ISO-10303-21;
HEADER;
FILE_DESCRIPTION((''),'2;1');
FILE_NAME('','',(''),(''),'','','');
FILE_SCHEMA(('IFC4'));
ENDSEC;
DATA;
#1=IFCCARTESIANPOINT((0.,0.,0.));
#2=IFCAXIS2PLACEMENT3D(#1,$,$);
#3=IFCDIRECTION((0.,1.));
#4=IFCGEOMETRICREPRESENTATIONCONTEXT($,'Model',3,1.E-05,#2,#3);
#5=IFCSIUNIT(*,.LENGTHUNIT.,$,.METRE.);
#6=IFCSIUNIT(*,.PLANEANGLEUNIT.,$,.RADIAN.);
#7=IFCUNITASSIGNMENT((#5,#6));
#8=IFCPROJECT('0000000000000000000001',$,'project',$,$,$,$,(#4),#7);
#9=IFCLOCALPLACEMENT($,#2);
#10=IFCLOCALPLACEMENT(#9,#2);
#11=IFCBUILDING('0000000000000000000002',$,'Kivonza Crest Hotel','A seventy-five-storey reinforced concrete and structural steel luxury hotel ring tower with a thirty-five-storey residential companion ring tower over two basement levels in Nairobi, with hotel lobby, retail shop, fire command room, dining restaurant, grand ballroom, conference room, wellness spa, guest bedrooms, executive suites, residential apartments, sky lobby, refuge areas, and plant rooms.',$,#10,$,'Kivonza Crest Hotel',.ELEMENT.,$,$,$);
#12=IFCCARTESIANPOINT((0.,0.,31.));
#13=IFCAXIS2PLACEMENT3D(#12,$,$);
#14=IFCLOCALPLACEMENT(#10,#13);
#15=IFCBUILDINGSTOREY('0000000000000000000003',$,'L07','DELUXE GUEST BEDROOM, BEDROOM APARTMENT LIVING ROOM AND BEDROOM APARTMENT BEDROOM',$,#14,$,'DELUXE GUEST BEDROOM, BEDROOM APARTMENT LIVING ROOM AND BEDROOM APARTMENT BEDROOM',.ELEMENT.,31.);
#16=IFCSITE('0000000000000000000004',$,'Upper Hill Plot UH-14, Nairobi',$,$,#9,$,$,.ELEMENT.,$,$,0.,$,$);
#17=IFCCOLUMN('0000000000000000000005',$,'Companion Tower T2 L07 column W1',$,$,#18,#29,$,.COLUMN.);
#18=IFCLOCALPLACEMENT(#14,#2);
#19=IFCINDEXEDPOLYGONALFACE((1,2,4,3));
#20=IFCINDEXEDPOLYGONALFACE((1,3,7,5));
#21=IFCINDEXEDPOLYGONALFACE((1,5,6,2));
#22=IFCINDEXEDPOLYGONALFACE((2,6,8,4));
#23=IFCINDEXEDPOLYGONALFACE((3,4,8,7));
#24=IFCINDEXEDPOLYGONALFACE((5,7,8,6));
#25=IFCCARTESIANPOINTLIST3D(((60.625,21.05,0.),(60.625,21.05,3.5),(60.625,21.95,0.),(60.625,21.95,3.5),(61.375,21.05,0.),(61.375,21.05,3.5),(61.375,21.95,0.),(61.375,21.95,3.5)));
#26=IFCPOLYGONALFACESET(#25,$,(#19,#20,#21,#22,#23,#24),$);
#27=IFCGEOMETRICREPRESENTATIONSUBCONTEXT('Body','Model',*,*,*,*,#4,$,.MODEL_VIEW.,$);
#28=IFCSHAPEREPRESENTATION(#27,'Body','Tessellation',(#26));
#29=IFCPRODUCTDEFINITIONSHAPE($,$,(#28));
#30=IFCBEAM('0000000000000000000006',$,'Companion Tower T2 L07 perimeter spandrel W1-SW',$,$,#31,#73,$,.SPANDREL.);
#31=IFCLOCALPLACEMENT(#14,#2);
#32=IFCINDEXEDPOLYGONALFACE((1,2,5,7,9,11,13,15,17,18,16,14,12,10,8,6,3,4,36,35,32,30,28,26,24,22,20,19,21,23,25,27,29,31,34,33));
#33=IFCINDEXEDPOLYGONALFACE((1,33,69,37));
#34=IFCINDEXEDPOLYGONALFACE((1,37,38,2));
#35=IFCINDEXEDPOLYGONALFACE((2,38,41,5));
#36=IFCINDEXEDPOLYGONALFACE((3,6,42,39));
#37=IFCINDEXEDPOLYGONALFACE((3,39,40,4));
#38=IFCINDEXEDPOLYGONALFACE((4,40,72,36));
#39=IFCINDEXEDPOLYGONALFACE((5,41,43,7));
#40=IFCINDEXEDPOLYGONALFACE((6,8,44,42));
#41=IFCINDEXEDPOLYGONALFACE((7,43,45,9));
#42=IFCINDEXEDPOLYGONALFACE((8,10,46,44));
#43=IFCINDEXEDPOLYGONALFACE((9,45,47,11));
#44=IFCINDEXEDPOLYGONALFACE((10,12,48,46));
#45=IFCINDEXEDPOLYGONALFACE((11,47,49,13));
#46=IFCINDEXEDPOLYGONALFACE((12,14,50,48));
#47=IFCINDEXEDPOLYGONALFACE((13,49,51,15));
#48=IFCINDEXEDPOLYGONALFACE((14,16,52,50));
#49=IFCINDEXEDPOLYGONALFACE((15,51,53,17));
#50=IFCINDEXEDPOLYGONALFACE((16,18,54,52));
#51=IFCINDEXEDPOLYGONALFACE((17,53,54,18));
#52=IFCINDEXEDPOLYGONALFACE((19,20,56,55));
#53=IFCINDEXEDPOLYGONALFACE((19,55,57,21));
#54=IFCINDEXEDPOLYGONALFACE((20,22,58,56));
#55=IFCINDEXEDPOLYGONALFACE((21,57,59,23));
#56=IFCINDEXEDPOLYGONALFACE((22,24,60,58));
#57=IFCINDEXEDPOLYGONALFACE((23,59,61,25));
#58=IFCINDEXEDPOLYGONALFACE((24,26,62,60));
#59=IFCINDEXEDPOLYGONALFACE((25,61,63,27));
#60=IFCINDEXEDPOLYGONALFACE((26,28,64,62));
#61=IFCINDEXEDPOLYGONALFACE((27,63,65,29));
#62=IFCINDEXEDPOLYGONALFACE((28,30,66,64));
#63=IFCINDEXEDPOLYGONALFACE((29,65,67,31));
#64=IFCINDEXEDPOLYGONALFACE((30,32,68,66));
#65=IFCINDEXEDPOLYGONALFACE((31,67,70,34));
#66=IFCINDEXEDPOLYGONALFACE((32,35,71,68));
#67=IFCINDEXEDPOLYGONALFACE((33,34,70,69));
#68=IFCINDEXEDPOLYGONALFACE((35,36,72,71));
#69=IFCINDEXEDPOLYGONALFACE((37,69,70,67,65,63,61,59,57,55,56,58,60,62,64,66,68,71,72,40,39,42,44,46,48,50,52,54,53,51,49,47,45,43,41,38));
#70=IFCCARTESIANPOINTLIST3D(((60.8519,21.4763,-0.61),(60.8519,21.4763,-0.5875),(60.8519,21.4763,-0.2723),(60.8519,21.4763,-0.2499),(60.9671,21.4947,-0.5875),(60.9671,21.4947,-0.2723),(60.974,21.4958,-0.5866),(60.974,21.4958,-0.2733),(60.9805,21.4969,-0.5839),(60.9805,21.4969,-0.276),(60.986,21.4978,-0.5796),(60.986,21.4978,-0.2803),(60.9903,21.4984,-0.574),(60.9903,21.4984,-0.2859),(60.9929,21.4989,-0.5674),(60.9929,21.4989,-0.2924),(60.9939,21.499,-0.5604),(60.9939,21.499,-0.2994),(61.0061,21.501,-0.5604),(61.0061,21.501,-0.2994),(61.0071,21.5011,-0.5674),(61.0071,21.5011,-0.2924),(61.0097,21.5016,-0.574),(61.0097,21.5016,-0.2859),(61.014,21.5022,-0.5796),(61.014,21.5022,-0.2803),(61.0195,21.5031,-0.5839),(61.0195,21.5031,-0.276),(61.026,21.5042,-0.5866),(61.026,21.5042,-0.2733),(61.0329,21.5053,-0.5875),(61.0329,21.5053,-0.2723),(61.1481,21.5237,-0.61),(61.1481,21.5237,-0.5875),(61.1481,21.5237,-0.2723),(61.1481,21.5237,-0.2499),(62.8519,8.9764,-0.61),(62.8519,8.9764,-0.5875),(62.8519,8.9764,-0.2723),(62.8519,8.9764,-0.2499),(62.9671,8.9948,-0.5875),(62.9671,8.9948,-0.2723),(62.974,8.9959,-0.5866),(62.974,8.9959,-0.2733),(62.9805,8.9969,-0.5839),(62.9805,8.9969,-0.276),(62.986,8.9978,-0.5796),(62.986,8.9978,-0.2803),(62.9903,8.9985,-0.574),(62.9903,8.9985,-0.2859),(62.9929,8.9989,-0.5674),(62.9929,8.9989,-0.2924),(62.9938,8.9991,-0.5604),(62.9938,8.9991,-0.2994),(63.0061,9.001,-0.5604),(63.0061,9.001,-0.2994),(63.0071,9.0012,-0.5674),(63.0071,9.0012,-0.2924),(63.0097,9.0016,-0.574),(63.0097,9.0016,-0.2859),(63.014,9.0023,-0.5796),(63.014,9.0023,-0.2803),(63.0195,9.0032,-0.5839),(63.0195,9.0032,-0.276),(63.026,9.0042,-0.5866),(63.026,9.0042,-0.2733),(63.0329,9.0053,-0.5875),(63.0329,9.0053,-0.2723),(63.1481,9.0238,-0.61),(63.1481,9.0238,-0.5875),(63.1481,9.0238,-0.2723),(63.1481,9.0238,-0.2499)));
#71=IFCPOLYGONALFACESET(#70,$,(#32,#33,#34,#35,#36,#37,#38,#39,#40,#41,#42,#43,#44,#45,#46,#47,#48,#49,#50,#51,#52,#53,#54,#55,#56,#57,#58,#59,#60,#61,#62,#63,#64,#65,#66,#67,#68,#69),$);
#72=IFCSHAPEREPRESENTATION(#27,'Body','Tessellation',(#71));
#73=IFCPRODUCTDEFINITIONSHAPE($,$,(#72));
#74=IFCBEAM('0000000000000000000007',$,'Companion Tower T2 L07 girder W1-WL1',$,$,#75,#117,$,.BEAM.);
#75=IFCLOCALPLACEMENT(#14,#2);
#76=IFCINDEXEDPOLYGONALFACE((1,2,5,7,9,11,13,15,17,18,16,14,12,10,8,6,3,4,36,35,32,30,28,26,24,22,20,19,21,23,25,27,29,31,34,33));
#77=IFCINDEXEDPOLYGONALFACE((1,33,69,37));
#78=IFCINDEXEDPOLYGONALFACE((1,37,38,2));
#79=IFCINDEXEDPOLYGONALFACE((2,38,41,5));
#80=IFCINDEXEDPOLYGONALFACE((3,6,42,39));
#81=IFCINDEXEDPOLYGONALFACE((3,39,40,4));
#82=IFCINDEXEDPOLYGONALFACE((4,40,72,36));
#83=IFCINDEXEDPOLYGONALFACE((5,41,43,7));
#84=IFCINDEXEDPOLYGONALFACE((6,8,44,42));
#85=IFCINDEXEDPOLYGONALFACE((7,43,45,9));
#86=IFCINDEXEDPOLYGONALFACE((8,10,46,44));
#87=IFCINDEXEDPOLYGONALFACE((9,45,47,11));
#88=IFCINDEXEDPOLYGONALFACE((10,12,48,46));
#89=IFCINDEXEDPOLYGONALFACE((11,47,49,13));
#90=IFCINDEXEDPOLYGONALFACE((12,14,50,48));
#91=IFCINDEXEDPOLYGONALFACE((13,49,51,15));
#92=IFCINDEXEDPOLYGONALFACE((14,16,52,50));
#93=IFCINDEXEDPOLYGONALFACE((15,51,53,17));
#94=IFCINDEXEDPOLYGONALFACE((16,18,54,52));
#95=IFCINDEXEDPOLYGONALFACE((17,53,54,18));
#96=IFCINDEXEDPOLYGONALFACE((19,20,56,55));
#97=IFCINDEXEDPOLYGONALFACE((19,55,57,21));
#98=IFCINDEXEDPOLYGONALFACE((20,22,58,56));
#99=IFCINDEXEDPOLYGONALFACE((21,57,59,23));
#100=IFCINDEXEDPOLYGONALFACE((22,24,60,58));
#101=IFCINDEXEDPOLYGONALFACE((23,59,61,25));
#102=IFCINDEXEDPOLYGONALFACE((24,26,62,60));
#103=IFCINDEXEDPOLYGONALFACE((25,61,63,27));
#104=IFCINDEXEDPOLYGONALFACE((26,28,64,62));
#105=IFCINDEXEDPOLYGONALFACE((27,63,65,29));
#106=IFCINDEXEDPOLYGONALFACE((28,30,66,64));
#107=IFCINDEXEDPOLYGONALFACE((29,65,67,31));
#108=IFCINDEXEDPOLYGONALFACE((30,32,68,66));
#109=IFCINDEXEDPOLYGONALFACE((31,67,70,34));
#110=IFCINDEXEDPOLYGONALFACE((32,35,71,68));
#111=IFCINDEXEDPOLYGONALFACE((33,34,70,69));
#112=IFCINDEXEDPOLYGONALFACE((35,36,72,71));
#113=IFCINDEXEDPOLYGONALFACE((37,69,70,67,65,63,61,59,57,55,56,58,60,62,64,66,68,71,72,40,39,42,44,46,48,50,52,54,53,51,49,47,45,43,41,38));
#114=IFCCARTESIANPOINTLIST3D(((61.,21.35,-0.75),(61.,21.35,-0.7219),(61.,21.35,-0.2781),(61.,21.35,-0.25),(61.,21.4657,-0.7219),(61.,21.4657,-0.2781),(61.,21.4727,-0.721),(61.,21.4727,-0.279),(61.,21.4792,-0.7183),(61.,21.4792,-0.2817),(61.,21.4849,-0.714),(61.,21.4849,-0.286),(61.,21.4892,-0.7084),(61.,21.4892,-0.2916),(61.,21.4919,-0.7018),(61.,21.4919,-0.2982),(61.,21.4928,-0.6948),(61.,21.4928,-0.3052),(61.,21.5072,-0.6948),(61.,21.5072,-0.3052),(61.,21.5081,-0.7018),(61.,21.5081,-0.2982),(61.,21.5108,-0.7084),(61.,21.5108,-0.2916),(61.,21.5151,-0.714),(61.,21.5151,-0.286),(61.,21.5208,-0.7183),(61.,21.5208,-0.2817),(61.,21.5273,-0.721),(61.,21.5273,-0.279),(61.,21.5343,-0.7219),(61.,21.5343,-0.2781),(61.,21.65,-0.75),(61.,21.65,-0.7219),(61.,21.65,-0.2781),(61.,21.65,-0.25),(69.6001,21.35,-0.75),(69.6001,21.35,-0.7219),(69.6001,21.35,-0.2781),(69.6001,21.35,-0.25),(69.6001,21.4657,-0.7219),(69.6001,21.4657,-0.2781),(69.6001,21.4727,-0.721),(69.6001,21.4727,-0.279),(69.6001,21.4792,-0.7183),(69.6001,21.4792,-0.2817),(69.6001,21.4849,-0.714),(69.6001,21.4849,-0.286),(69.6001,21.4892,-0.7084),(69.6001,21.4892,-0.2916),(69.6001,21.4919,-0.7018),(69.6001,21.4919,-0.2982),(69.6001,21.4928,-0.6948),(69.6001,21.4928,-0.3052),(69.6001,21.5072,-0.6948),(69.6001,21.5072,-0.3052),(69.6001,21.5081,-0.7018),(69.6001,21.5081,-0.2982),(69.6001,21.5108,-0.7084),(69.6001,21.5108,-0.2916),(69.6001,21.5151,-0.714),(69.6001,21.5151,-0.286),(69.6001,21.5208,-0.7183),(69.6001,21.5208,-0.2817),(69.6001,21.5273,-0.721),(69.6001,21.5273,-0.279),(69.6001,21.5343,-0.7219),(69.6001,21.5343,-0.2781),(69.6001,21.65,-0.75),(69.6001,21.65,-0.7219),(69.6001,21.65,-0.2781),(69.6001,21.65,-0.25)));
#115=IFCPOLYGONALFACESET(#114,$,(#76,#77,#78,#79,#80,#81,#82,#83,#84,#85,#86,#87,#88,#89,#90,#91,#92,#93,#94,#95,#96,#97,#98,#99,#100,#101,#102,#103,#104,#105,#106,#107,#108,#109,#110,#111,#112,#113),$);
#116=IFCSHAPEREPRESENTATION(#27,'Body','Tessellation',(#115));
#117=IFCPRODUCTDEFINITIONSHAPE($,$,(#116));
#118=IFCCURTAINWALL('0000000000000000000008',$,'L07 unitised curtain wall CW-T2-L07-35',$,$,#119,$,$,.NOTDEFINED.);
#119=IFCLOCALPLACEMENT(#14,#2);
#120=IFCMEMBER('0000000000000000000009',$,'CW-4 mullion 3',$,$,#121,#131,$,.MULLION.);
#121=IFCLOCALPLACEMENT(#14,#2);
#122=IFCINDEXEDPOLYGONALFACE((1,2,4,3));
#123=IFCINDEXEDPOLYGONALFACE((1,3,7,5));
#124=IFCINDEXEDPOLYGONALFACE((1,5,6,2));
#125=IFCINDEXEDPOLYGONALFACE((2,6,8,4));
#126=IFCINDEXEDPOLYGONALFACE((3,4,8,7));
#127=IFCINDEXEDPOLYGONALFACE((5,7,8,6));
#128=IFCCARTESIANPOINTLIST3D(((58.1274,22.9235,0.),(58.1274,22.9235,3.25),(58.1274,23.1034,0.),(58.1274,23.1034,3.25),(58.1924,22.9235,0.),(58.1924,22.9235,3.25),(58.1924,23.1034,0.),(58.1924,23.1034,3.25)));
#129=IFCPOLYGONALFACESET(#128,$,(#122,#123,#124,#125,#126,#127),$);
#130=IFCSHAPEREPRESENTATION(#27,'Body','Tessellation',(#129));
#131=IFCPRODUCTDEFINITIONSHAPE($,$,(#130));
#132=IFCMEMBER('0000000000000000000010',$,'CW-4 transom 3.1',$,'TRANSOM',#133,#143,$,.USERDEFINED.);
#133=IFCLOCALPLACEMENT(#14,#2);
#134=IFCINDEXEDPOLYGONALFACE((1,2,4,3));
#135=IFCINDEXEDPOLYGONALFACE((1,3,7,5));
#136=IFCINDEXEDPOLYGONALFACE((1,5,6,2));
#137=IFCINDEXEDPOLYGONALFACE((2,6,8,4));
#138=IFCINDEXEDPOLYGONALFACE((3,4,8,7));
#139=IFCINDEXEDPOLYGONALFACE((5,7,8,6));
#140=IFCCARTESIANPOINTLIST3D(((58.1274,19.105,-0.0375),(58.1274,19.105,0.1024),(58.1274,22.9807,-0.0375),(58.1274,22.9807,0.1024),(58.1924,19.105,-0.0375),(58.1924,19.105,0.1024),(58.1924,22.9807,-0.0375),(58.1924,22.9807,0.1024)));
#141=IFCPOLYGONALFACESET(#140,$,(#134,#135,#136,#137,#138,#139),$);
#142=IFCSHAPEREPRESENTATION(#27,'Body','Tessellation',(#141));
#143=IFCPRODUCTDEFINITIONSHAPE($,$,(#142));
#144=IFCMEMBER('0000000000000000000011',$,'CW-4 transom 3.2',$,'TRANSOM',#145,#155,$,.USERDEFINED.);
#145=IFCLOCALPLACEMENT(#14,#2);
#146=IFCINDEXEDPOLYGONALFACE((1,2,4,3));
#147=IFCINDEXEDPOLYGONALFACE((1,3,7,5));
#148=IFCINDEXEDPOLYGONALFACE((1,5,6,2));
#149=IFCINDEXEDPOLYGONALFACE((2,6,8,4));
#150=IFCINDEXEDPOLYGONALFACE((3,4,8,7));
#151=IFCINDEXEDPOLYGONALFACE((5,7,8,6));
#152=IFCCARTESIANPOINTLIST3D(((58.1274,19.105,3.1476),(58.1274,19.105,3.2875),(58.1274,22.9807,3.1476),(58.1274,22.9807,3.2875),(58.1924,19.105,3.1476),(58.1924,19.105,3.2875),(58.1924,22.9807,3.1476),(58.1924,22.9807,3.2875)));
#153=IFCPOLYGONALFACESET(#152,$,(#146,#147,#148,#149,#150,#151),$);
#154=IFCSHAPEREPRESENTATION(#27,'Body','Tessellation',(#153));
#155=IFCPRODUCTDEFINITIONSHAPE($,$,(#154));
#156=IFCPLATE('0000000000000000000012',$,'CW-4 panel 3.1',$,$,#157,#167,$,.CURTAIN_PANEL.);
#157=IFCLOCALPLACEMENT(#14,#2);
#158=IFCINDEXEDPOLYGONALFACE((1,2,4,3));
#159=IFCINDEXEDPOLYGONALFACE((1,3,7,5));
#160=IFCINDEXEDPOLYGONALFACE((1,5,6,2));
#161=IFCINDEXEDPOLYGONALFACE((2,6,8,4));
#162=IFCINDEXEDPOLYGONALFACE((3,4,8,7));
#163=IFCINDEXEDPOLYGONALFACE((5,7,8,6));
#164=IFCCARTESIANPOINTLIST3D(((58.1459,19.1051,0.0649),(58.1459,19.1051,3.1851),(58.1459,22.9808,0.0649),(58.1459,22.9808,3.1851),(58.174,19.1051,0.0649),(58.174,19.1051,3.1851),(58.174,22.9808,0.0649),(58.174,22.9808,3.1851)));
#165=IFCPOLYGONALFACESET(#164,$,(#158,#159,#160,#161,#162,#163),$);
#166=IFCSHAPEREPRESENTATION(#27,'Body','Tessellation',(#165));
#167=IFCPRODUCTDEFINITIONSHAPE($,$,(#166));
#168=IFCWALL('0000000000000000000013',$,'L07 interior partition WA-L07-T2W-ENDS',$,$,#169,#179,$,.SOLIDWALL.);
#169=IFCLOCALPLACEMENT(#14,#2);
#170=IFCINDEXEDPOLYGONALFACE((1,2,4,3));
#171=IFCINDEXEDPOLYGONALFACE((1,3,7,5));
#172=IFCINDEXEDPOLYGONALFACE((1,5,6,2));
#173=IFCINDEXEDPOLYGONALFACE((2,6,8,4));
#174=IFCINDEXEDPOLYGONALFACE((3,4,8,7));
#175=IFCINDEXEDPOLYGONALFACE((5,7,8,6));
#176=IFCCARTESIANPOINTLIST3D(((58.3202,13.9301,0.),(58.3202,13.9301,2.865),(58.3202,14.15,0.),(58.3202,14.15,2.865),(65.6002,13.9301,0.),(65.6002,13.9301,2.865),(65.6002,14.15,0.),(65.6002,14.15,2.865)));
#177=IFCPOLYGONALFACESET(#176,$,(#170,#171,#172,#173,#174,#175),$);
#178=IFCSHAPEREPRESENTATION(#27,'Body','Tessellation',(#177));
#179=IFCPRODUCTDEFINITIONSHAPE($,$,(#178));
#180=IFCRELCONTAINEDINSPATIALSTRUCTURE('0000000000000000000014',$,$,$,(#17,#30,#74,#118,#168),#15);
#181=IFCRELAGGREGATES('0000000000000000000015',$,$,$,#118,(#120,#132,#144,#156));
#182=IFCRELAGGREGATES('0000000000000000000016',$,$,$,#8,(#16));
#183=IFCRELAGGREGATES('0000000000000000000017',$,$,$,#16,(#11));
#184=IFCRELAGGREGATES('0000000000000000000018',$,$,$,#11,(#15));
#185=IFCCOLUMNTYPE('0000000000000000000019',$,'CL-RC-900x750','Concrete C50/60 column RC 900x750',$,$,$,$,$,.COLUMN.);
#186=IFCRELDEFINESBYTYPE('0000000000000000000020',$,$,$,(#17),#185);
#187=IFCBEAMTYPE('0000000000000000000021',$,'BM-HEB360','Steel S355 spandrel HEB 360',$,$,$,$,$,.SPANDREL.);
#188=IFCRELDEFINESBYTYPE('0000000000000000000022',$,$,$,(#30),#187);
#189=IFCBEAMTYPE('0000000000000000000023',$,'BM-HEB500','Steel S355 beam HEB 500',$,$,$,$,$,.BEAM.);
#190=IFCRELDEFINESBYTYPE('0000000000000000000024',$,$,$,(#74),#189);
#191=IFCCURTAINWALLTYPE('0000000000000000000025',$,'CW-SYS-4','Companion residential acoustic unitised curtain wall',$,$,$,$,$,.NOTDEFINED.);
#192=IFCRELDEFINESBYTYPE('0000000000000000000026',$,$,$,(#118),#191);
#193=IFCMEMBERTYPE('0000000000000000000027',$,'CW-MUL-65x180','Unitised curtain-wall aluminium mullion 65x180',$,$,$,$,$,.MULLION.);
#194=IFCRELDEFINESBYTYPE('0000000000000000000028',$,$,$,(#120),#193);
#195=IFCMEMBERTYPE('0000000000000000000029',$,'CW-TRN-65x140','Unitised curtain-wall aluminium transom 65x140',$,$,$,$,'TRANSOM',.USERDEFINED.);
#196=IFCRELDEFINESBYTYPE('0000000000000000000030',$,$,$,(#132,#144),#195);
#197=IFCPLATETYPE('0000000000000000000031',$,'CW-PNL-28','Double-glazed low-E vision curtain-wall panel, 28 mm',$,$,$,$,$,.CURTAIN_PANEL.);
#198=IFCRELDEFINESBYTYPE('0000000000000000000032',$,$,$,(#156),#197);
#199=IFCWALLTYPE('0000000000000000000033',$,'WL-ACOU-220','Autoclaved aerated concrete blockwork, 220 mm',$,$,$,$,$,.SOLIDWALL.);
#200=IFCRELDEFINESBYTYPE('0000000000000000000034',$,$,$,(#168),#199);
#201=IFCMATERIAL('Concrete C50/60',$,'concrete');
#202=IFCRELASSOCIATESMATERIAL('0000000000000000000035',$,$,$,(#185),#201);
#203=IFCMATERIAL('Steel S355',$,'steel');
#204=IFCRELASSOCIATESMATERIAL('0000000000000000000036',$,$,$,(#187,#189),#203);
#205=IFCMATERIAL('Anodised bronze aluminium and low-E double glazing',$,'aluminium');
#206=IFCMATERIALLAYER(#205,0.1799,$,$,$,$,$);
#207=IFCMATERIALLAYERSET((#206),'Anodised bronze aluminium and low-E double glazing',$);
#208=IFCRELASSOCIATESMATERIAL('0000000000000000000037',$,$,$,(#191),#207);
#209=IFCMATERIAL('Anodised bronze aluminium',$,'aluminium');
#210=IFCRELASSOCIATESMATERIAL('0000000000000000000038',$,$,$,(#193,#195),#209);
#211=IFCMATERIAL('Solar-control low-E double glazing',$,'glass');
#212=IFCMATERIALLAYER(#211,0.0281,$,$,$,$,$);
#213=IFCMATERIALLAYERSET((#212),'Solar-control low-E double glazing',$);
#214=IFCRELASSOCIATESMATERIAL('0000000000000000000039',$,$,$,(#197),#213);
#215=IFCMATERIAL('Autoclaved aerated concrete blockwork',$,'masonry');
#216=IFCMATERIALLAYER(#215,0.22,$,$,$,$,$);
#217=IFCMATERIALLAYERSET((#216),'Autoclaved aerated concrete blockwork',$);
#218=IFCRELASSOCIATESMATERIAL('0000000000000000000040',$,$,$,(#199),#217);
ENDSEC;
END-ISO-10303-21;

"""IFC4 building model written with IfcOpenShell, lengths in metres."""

from ifc_helpers import new_model, si_unit, direction, frame, frame_2d, origin, origin_2d, place, context, subcontext, project, spatial, rectangle, i_section, extrude, material, layer, layer_set, material_profile, profile_set, type_object, element, aggregate, save


model = new_model("IFC4")

# Units and contexts
model_context = context("Model", 3, precision=1e-05, world=origin(), true_north=direction((0.0, 1.0)))
body_context = subcontext(model_context, "Body", "Model", "MODEL_VIEW")
ifc_project = project(units=[si_unit("LENGTHUNIT", "METRE"), si_unit("PLANEANGLEUNIT", "RADIAN")], contexts=[model_context])

# Site, building, storey
site_placement = place(None, origin())
site = spatial("IfcSite", under=ifc_project, at=site_placement, Name="Upper Hill Plot UH-14, Nairobi", CompositionType="ELEMENT", RefElevation=0.0)
building_placement = place(site_placement, origin())
building = spatial("IfcBuilding", under=site, at=building_placement, Name="Kivonza Crest Hotel", Description="A seventy-five-storey reinforced concrete and structural steel luxury hotel ring tower with a thirty-five-storey residential companion ring tower over two basement levels in Nairobi, with hotel lobby, retail shop, fire command room, dining restaurant, grand ballroom, conference room, wellness spa, guest bedrooms, executive suites, residential apartments, sky lobby, refuge areas, and plant rooms.", LongName="Kivonza Crest Hotel", CompositionType="ELEMENT")
storey_placement = place(building_placement, frame((0.0, 0.0, 31.0)))
storey = spatial("IfcBuildingStorey", under=building, at=storey_placement, Name="L07", Description="DELUXE GUEST BEDROOM, BEDROOM APARTMENT LIVING ROOM AND BEDROOM APARTMENT BEDROOM", LongName="DELUXE GUEST BEDROOM, BEDROOM APARTMENT LIVING ROOM AND BEDROOM APARTMENT BEDROOM", CompositionType="ELEMENT", Elevation=31.0)

# Column
ifc_material_1 = material(Name="Concrete C50/60", Category="concrete")
ifc_material_profile_1 = material_profile(ifc_material_1, rectangle(XDim=0.75, YDim=0.8999, at=origin_2d()), Name="RC 900x750")
ifc_profile_set_1 = profile_set([ifc_material_profile_1], Name="Concrete C50/60")
column_type = type_object("IfcColumnType", Name="CL-RC-900x750", Description="Concrete C50/60 column RC 900x750", PredefinedType="COLUMN", material=ifc_profile_set_1)
column_placement = place(storey_placement, frame((61.0, 21.5, 0.0), z_axis=(0.0, 0.0, 1.0), x_axis=(1.0, 0.0, 0.0)))
element("IfcColumn", 1, at=column_placement, inside=storey, type_object=column_type, Name="Companion Tower T2 L07 column W1", PredefinedType="COLUMN", context=body_context, shape_type="SweptSolid", body=[
    extrude(rectangle(XDim=0.75, YDim=0.8999, at=origin_2d()), origin(), (0.0, 0.0, 1.0), 3.5),
])

# Beams
ifc_material_2 = material(Name="Steel S355", Category="steel")
ifc_material_profile_2 = material_profile(ifc_material_2, i_section(OverallWidth=0.3, OverallDepth=0.3601, WebThickness=0.0125, FlangeThickness=0.0225, FilletRadius=0.0271, at=origin_2d()), Name="HEB 360")
ifc_profile_set_2 = profile_set([ifc_material_profile_2], Name="Steel S355")
beam_type_1 = type_object("IfcBeamType", Name="BM-HEB360", Description="Steel S355 spandrel HEB 360", PredefinedType="SPANDREL", material=ifc_profile_set_2)
beam_1_placement = place(storey_placement, frame((61.0, 21.5, -0.4299), z_axis=(0.157991, -0.987441, 0.0), x_axis=(0.987441, 0.157991, 0.0)))
element("IfcBeam", 2, at=beam_1_placement, inside=storey, type_object=beam_type_1, Name="Companion Tower T2 L07 perimeter spandrel W1-SW", PredefinedType="SPANDREL", context=body_context, shape_type="SweptSolid", body=[
    extrude(i_section(OverallWidth=0.3, OverallDepth=0.3601, WebThickness=0.0125, FlangeThickness=0.0225, FilletRadius=0.0271, at=origin_2d()), origin(), (0.0, 0.0, 1.0), 12.6589),
])
ifc_material_profile_3 = material_profile(ifc_material_2, i_section(OverallWidth=0.3, OverallDepth=0.5, WebThickness=0.0144, FlangeThickness=0.0281, FilletRadius=0.0271, at=origin_2d()), Name="HEB 500")
ifc_profile_set_3 = profile_set([ifc_material_profile_3], Name="Steel S355")
beam_type_2 = type_object("IfcBeamType", Name="BM-HEB500", Description="Steel S355 beam HEB 500", PredefinedType="BEAM", material=ifc_profile_set_3)
beam_2_placement = place(storey_placement, frame((61.0, 21.5, -0.5), z_axis=(1.0, 0.0, 0.0), x_axis=(0.0, 1.0, 0.0)))
element("IfcBeam", 3, at=beam_2_placement, inside=storey, type_object=beam_type_2, Name="Companion Tower T2 L07 girder W1-WL1", PredefinedType="BEAM", context=body_context, shape_type="SweptSolid", body=[
    extrude(i_section(OverallWidth=0.3, OverallDepth=0.5, WebThickness=0.0144, FlangeThickness=0.0281, FilletRadius=0.0271, at=origin_2d()), origin(), (0.0, 0.0, 1.0), 8.6001),
])

# Curtain wall, members, plate
ifc_material_3 = material(Name="Anodised bronze aluminium and low-E double glazing", Category="aluminium")
ifc_layer_1 = layer(ifc_material_3, 0.1799)
ifc_layer_set_1 = layer_set([ifc_layer_1], Name="Anodised bronze aluminium and low-E double glazing")
curtain_wall_type = type_object("IfcCurtainWallType", Name="CW-SYS-4", Description="Companion residential acoustic unitised curtain wall", PredefinedType="NOTDEFINED", material=ifc_layer_set_1)
curtain_wall_placement = place(storey_placement, origin())
curtain_wall = element("IfcCurtainWall", 4, at=curtain_wall_placement, inside=storey, type_object=curtain_wall_type, Name="L07 unitised curtain wall CW-T2-L07-35", PredefinedType="NOTDEFINED")
ifc_material_4 = material(Name="Anodised bronze aluminium", Category="aluminium")
ifc_material_profile_4 = material_profile(ifc_material_4, rectangle(XDim=0.0649, YDim=0.1799, at=origin_2d()), Name="CW-M 65x180")
ifc_profile_set_4 = profile_set([ifc_material_profile_4], Name="Anodised bronze aluminium")
member_type_1 = type_object("IfcMemberType", Name="CW-MUL-65x180", Description="Unitised curtain-wall aluminium mullion 65x180", PredefinedType="MULLION", material=ifc_profile_set_4)
member_1_placement = place(storey_placement, frame((58.1599, 23.0134, 0.0), z_axis=(0.0, 0.0, 1.0), x_axis=(1.0, 0.0, 0.0)))
member_1 = element("IfcMember", 5, at=member_1_placement, type_object=member_type_1, Name="CW-4 mullion 3", PredefinedType="MULLION", context=body_context, shape_type="SweptSolid", body=[
    extrude(rectangle(XDim=0.0649, YDim=0.1799, at=origin_2d()), origin(), (0.0, 0.0, 1.0), 3.25),
])
ifc_material_profile_5 = material_profile(ifc_material_4, rectangle(XDim=0.0649, YDim=0.1399, at=origin_2d()), Name="CW-T 65x140")
ifc_profile_set_5 = profile_set([ifc_material_profile_5], Name="Anodised bronze aluminium")
member_type_2 = type_object("IfcMemberType", Name="CW-TRN-65x140", Description="Unitised curtain-wall aluminium transom 65x140", ElementType="TRANSOM", PredefinedType="USERDEFINED", material=ifc_profile_set_5)
member_2_placement = place(storey_placement, frame((58.1599, 22.9807, 0.0325), z_axis=(0.0, -1.0, 0.0), x_axis=(1.0, 0.0, 0.0)))
member_2 = element("IfcMember", 6, at=member_2_placement, type_object=member_type_2, Name="CW-4 transom 3.1", ObjectType="TRANSOM", PredefinedType="USERDEFINED", context=body_context, shape_type="SweptSolid", body=[
    extrude(rectangle(XDim=0.0649, YDim=0.1399, at=origin_2d()), origin(), (0.0, 0.0, 1.0), 3.8757),
])
member_3_placement = place(storey_placement, frame((58.1599, 22.9807, 3.2175), z_axis=(0.0, -1.0, 0.0), x_axis=(1.0, 0.0, 0.0)))
member_3 = element("IfcMember", 7, at=member_3_placement, type_object=member_type_2, Name="CW-4 transom 3.2", ObjectType="TRANSOM", PredefinedType="USERDEFINED", context=body_context, shape_type="SweptSolid", body=[
    extrude(rectangle(XDim=0.0649, YDim=0.1399, at=origin_2d()), origin(), (0.0, 0.0, 1.0), 3.8757),
])
ifc_material_5 = material(Name="Solar-control low-E double glazing", Category="glass")
ifc_layer_2 = layer(ifc_material_5, 0.0281)
ifc_layer_set_2 = layer_set([ifc_layer_2], Name="Solar-control low-E double glazing")
plate_type = type_object("IfcPlateType", Name="CW-PNL-28", Description="Double-glazed low-E vision curtain-wall panel, 28 mm", PredefinedType="CURTAIN_PANEL", material=ifc_layer_set_2)
plate_placement = place(storey_placement, frame((58.1599, 21.043, 0.0649), z_axis=(0.0, 0.0, 1.0), x_axis=(0.0, -1.0, 0.0)))
plate = element("IfcPlate", 8, at=plate_placement, type_object=plate_type, Name="CW-4 panel 3.1", PredefinedType="CURTAIN_PANEL", context=body_context, shape_type="SweptSolid", body=[
    extrude(rectangle(XDim=3.8757, YDim=0.0281, at=origin_2d()), origin(), (0.0, 0.0, 1.0), 3.1201),
])
aggregate(curtain_wall, [member_1, member_2, member_3, plate])

# Wall
ifc_material_6 = material(Name="Autoclaved aerated concrete blockwork", Category="masonry")
ifc_layer_3 = layer(ifc_material_6, 0.22)
ifc_layer_set_3 = layer_set([ifc_layer_3], Name="Autoclaved aerated concrete blockwork")
wall_type_1 = type_object("IfcWallType", Name="WL-ACOU-220", Description="Autoclaved aerated concrete blockwork, 220 mm", PredefinedType="SOLIDWALL", material=ifc_layer_set_3)
wall_1_placement = place(storey_placement, frame((58.3201, 14.04, 0.0), z_axis=(0.0, 0.0, 1.0), x_axis=(1.0, 0.0, 0.0)))
element("IfcWall", 9, at=wall_1_placement, inside=storey, type_object=wall_type_1, Name="L07 interior partition WA-L07-T2W-ENDS", PredefinedType="SOLIDWALL", context=body_context, shape_type="SweptSolid", body=[
    extrude(rectangle(XDim=7.28, YDim=0.22, at=frame_2d((3.6401, 0.0))), origin(), (0.0, 0.0, 1.0), 2.865),
])

save(model, "model.ifc")
